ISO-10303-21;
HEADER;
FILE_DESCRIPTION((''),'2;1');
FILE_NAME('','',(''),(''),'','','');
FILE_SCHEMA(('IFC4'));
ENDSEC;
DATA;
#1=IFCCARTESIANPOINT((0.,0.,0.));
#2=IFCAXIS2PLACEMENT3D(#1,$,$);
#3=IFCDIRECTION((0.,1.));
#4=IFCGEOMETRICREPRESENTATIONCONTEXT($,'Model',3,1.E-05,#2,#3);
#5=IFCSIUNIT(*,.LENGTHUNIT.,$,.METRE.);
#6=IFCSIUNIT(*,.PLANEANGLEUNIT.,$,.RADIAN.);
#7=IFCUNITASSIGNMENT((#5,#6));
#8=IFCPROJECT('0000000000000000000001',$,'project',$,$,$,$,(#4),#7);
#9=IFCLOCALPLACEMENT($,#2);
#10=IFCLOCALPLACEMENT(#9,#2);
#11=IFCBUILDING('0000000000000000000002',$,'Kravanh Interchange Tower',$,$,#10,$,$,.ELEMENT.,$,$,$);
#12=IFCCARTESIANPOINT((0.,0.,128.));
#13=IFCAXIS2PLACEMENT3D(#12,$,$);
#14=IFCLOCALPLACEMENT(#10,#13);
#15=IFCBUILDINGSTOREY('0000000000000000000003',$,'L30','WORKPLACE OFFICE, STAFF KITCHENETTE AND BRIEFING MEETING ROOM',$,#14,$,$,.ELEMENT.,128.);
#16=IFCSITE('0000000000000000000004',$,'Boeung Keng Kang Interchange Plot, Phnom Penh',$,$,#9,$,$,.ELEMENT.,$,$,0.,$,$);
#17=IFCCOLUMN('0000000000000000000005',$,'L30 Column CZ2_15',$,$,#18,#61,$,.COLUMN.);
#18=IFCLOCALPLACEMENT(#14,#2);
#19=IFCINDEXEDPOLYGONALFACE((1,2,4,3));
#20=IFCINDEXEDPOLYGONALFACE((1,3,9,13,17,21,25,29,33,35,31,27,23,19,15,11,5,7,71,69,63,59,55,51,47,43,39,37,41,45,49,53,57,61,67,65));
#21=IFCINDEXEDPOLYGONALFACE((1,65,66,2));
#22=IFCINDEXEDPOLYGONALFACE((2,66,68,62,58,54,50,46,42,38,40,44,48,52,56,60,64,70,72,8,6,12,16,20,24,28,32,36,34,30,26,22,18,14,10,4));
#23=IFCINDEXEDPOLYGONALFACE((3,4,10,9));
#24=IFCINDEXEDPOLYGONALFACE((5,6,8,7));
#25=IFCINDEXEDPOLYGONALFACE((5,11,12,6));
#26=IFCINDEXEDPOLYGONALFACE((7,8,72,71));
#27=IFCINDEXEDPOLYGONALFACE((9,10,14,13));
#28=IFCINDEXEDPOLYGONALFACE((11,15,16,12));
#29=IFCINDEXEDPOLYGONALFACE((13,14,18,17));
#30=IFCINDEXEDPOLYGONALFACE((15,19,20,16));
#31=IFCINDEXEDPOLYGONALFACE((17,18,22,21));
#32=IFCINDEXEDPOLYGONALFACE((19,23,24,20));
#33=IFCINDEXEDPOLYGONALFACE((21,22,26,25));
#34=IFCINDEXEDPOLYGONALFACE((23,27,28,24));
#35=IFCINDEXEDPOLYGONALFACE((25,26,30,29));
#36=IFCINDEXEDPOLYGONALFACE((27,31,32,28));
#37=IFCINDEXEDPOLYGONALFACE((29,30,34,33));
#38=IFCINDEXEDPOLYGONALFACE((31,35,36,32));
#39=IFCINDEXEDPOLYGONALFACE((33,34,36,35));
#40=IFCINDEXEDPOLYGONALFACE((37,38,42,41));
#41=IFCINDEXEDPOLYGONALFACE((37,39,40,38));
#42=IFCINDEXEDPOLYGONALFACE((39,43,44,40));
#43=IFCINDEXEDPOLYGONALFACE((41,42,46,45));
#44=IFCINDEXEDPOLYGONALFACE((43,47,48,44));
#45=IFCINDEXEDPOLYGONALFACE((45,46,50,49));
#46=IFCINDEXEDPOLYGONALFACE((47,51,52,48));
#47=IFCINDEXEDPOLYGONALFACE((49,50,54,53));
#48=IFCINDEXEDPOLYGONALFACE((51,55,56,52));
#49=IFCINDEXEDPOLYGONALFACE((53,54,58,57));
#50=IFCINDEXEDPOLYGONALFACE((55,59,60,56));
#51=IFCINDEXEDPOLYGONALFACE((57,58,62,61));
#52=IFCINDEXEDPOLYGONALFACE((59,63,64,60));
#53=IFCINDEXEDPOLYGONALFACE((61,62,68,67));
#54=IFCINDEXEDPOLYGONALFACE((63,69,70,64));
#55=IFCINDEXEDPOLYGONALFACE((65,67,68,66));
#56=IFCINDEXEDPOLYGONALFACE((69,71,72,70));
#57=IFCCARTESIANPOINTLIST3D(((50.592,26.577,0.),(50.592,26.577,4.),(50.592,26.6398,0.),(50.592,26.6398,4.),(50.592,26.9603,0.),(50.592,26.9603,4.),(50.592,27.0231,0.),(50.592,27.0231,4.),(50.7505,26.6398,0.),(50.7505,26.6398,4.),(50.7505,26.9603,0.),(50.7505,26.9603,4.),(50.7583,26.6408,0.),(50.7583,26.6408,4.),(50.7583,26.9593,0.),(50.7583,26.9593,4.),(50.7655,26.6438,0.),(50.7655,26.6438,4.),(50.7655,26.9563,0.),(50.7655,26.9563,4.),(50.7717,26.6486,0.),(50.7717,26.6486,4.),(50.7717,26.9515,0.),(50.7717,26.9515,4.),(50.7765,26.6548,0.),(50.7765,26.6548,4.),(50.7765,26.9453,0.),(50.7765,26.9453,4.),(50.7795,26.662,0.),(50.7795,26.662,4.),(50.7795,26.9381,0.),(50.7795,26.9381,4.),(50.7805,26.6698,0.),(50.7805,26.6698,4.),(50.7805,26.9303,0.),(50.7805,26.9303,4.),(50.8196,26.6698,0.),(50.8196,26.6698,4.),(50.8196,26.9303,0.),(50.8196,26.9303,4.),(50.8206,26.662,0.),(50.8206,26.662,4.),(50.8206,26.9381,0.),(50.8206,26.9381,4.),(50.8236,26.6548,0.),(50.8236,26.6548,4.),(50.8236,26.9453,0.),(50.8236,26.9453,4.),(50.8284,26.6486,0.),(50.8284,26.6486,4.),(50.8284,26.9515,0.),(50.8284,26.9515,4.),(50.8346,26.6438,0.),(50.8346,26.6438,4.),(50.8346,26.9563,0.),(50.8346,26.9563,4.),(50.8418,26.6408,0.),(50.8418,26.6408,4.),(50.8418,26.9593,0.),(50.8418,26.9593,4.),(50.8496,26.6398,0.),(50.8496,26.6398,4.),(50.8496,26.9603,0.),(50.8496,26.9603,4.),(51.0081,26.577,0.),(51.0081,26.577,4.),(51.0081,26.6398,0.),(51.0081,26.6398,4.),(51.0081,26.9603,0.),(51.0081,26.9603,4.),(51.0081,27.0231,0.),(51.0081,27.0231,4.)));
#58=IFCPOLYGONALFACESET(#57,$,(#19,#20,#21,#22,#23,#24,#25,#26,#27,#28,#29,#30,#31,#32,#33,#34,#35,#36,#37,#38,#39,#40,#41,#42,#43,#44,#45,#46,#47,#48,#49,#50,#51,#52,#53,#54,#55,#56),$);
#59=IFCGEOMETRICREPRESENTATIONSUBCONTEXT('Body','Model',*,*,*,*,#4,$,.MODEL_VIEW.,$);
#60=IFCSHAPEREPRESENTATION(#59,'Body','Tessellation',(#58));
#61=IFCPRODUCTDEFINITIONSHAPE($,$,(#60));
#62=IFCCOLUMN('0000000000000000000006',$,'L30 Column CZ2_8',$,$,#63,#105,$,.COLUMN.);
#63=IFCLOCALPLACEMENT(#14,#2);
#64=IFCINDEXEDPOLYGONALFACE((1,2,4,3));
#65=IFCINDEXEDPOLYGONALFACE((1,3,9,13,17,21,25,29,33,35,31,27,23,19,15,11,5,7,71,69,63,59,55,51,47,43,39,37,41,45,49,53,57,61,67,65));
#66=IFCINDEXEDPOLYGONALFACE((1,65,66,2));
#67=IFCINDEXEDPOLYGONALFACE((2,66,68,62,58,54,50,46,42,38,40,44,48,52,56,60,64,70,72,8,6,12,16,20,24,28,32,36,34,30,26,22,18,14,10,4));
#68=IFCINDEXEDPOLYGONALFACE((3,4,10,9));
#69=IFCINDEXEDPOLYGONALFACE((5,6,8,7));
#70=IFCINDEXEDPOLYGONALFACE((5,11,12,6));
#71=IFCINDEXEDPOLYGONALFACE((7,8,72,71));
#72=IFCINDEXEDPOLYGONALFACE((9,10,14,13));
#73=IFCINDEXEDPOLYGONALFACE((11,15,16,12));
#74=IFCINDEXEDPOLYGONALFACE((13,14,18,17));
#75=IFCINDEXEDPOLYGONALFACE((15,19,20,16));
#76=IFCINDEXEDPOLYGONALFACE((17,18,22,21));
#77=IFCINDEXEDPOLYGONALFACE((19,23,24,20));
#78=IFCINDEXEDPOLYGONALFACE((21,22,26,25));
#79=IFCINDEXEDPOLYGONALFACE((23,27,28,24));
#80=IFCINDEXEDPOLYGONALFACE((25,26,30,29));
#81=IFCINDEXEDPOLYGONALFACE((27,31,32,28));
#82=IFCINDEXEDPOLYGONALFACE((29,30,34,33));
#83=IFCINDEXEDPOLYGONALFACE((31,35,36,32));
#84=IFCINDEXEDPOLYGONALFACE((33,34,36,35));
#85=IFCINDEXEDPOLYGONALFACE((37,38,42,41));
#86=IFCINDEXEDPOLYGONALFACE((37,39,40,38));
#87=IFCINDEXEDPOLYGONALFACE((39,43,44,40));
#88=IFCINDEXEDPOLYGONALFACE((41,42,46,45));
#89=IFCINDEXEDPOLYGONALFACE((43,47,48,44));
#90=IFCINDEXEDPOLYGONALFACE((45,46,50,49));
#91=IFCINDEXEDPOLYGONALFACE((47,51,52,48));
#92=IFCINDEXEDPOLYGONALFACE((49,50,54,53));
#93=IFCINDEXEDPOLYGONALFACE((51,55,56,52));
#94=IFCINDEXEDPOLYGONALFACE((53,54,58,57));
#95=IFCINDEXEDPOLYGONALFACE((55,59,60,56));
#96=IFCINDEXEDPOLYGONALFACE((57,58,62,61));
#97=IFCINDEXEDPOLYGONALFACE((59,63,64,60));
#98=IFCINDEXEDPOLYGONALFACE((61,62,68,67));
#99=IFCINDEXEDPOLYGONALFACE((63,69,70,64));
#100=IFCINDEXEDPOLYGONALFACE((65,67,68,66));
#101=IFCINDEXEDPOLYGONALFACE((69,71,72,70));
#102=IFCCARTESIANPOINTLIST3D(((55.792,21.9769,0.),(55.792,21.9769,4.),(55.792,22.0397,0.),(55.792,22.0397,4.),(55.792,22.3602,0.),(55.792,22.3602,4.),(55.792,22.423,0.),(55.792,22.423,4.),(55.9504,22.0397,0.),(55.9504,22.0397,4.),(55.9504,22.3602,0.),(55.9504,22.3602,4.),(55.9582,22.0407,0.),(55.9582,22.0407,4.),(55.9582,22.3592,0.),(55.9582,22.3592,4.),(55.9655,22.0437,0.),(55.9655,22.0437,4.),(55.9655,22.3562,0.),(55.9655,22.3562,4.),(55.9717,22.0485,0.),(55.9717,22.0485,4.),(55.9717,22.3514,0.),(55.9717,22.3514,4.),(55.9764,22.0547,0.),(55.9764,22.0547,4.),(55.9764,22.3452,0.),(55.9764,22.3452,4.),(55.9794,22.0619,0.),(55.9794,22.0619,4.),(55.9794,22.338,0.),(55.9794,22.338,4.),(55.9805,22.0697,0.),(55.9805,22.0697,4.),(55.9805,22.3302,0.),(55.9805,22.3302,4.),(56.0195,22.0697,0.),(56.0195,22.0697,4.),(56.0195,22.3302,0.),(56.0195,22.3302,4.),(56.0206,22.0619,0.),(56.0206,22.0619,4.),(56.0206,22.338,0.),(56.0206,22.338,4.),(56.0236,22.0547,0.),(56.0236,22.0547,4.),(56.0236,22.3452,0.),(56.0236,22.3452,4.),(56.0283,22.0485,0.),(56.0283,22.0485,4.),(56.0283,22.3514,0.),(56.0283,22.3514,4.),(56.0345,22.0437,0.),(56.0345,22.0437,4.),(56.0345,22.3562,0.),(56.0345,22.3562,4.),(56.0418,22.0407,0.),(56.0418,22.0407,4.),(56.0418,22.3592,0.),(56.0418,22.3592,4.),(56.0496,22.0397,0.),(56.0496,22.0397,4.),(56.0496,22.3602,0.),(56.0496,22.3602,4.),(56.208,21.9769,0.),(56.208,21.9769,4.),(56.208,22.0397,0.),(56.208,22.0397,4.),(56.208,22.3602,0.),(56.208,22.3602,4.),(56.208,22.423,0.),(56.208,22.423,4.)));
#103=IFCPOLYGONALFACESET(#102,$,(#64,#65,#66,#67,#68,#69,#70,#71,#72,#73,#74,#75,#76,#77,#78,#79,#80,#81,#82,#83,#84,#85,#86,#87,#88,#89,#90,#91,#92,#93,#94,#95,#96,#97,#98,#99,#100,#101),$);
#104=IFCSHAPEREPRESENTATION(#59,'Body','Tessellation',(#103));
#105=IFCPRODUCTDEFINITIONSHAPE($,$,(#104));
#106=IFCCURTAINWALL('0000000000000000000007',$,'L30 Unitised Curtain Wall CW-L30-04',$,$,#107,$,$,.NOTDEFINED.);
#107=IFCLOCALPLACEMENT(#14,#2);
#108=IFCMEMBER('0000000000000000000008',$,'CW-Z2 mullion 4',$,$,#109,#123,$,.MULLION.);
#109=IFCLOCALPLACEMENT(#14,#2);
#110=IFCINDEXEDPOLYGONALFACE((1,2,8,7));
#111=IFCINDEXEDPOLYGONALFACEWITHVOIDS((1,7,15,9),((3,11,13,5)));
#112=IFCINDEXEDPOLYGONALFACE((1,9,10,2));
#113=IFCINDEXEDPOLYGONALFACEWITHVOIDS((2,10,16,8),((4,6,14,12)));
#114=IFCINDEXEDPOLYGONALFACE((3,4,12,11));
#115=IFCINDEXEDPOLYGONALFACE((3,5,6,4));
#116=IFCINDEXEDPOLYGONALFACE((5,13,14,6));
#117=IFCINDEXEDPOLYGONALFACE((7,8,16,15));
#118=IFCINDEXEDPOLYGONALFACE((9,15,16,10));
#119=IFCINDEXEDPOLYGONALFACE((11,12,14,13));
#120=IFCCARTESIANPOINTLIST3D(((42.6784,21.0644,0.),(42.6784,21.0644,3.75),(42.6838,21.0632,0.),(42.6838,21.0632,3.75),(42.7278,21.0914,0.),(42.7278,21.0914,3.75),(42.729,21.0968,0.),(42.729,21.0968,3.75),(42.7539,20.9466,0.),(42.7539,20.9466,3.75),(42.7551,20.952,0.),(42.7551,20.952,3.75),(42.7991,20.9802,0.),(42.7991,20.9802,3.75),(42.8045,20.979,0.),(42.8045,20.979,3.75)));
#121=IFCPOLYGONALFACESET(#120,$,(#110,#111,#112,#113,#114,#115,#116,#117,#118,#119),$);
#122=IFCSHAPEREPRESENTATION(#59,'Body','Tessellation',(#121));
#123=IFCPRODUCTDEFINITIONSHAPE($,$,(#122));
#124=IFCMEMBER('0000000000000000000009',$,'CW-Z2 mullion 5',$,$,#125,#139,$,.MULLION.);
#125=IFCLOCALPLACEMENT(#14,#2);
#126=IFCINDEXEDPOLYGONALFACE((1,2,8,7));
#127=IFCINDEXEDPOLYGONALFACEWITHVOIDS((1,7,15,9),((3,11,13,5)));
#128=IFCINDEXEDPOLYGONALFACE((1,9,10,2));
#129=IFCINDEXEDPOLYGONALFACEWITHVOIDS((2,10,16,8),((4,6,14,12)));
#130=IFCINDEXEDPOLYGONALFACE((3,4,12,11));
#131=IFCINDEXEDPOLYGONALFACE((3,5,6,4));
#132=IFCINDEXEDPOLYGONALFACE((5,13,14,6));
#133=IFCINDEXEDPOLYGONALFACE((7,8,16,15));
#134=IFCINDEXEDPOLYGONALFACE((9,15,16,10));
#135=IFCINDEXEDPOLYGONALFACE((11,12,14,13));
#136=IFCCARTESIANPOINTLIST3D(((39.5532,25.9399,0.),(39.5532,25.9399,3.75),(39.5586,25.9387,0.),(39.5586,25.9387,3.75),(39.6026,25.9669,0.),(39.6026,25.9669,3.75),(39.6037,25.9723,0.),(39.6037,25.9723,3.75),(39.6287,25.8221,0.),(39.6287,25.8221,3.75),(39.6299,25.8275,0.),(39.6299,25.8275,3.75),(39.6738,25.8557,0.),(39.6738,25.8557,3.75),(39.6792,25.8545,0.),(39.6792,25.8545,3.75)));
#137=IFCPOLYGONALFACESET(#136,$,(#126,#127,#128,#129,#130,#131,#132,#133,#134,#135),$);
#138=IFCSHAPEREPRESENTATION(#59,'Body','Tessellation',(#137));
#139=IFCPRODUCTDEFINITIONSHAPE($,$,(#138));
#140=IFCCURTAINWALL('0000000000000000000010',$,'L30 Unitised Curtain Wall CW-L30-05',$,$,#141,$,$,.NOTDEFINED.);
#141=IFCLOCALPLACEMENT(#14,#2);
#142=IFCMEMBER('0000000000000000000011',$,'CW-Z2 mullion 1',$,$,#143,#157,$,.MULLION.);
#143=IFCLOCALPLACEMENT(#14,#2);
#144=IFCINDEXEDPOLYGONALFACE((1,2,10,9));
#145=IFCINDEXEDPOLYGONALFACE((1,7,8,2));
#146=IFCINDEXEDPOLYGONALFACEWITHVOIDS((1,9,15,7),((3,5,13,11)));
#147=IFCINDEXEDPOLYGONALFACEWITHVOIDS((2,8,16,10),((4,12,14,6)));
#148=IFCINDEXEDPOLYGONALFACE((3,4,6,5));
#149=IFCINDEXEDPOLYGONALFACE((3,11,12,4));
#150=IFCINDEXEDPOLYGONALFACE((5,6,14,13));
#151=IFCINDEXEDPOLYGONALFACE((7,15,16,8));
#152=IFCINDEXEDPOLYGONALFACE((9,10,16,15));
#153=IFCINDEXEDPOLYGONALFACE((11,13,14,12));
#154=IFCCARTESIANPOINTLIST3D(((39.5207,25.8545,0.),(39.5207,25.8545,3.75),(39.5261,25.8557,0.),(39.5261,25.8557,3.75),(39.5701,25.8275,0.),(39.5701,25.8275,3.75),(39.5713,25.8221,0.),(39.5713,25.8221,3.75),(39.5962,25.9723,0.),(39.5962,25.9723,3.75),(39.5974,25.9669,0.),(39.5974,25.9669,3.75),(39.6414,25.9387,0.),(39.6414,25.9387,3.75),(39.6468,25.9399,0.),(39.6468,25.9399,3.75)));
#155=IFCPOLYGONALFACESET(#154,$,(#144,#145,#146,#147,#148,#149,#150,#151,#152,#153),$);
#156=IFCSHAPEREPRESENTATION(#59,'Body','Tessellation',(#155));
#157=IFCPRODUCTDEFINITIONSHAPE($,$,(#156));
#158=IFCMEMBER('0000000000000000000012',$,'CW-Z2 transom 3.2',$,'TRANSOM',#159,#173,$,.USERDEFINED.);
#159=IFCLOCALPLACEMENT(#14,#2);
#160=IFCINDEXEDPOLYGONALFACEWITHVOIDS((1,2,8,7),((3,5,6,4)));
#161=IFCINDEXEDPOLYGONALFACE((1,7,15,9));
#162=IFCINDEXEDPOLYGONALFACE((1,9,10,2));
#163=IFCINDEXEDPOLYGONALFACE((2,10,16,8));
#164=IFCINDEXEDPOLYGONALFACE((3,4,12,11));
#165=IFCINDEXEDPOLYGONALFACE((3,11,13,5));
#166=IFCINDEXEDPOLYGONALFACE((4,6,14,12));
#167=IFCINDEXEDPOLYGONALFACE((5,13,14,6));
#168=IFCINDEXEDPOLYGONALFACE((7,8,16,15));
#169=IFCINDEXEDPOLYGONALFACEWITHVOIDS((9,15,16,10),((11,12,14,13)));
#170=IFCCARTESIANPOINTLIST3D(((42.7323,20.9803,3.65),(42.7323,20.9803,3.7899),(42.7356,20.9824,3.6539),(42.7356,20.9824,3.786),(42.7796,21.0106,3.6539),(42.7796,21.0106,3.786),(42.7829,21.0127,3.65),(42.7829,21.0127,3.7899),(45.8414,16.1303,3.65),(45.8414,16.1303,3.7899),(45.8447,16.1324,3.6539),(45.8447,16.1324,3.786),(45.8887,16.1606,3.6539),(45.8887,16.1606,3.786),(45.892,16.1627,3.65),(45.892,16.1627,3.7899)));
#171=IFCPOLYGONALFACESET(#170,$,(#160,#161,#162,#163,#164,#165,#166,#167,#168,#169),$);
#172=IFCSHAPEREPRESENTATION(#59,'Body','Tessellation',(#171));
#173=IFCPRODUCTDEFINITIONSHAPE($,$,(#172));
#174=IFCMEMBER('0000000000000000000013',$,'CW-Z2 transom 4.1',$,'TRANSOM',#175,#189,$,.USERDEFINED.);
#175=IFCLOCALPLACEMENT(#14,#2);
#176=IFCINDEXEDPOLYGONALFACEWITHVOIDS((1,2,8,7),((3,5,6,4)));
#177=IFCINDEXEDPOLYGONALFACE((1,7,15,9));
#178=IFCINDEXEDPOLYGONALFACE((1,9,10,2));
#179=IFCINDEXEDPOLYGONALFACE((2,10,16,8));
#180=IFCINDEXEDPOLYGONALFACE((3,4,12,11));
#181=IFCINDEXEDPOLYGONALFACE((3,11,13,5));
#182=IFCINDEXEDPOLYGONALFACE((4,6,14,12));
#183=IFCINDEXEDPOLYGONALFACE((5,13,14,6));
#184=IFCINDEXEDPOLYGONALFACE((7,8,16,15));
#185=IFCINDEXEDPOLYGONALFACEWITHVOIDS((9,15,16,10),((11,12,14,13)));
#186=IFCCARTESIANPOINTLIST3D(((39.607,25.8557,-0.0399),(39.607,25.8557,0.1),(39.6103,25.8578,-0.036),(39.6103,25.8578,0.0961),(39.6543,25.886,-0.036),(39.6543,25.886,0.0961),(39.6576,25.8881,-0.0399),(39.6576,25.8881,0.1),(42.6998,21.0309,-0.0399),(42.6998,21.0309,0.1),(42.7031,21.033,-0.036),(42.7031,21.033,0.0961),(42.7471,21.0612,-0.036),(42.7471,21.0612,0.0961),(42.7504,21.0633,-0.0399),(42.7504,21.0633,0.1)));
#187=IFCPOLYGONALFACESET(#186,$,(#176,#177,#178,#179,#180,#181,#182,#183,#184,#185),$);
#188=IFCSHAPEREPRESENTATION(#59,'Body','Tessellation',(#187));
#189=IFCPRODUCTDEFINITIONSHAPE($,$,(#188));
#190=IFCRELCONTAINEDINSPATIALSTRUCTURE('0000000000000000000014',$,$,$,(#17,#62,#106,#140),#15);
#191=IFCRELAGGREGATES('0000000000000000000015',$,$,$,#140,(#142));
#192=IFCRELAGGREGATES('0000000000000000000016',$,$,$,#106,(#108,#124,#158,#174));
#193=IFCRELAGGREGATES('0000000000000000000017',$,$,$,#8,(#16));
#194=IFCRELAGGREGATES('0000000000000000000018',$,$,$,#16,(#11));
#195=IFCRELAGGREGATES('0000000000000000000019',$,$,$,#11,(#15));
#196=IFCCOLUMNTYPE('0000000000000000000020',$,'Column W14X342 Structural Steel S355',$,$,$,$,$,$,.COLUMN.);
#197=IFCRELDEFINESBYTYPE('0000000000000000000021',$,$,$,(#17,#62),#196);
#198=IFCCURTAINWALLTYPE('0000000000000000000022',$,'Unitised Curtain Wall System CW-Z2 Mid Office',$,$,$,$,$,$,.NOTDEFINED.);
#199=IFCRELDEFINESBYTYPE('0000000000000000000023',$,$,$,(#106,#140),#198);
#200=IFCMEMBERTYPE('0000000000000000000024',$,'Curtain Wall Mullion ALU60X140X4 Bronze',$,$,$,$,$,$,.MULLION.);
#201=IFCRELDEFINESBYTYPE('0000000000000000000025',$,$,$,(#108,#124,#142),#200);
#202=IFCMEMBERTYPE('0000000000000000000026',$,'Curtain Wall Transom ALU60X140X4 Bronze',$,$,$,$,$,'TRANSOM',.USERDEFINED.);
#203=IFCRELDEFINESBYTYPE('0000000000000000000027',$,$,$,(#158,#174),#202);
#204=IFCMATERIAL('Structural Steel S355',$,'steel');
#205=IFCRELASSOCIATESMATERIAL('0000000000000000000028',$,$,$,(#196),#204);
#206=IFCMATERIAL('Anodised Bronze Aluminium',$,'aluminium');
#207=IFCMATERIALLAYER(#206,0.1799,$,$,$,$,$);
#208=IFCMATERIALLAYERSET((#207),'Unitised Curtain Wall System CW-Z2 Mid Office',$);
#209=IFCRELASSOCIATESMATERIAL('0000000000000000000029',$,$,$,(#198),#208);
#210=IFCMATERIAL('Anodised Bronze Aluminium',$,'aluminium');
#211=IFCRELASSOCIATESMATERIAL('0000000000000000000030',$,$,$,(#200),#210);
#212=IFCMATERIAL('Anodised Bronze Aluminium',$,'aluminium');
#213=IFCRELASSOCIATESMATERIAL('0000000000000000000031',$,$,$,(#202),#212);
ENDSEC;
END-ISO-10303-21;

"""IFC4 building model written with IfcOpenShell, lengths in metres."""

from ifc_helpers import new_model, si_unit, direction, frame, origin, origin_2d, place, context, subcontext, project, spatial, hollow_rectangle, i_section, extrude, material, layer, layer_set, material_profile, profile_set, type_object, element, aggregate, save


model = new_model("IFC4")

# Units and contexts
model_context = context("Model", 3, precision=1e-05, world=origin(), true_north=direction((0.0, 1.0)))
body_context = subcontext(model_context, "Body", "Model", "MODEL_VIEW")
ifc_project = project(units=[si_unit("LENGTHUNIT", "METRE"), si_unit("PLANEANGLEUNIT", "RADIAN")], contexts=[model_context])

# Site, building, storey
site_placement = place(None, origin())
site = spatial("IfcSite", under=ifc_project, at=site_placement, Name="Boeung Keng Kang Interchange Plot, Phnom Penh", CompositionType="ELEMENT", RefElevation=0.0)
building_placement = place(site_placement, origin())
building = spatial("IfcBuilding", under=site, at=building_placement, Name="Kravanh Interchange Tower", CompositionType="ELEMENT")
storey_placement = place(building_placement, frame((0.0, 0.0, 128.0)))
storey = spatial("IfcBuildingStorey", under=building, at=storey_placement, Name="L30", Description="WORKPLACE OFFICE, STAFF KITCHENETTE AND BRIEFING MEETING ROOM", CompositionType="ELEMENT", Elevation=128.0)

# Columns
ifc_material_1 = material(Name="Structural Steel S355", Category="steel")
ifc_material_profile_1 = material_profile(ifc_material_1, i_section(OverallWidth=0.416, OverallDepth=0.446, WebThickness=0.0391, FlangeThickness=0.0627, FilletRadius=0.03, at=origin_2d()), Name="W14X342")
ifc_profile_set_1 = profile_set([ifc_material_profile_1], Name="Structural Steel S355")
column_type = type_object("IfcColumnType", Name="Column W14X342 Structural Steel S355", PredefinedType="COLUMN", material=ifc_profile_set_1)
for number, where, z_axis, x_axis, name in (
    (1, (50.8, 26.8, 0.0), (0.0, 0.0, 1.0), (1.0, 0.0, 0.0), "L30 Column CZ2_15"),
    (2, (56.0, 22.2, 0.0), (0.0, 0.0, 1.0), (1.0, 0.0, 0.0), "L30 Column CZ2_8"),
):
    element("IfcColumn", number, at=place(storey_placement, frame(where, z_axis=z_axis, x_axis=x_axis)), inside=storey, type_object=column_type, Name=name, PredefinedType="COLUMN", context=body_context, shape_type="SweptSolid", body=[
        extrude(i_section(OverallWidth=0.416, OverallDepth=0.446, WebThickness=0.0391, FlangeThickness=0.0627, FilletRadius=0.03, at=origin_2d()), origin(), (0.0, 0.0, 1.0), 4.0),
    ])

# Curtain wall, members
ifc_material_2 = material(Name="Anodised Bronze Aluminium", Category="aluminium")
ifc_layer_1 = layer(ifc_material_2, 0.1799)
ifc_layer_set_1 = layer_set([ifc_layer_1], Name="Unitised Curtain Wall System CW-Z2 Mid Office")
curtain_wall_type = type_object("IfcCurtainWallType", Name="Unitised Curtain Wall System CW-Z2 Mid Office", PredefinedType="NOTDEFINED", material=ifc_layer_set_1)
curtain_wall_1_placement = place(storey_placement, origin())
curtain_wall_1 = element("IfcCurtainWall", 3, at=curtain_wall_1_placement, inside=storey, type_object=curtain_wall_type, Name="L30 Unitised Curtain Wall CW-L30-04", PredefinedType="NOTDEFINED")
ifc_material_3 = material(Name="Anodised Bronze Aluminium", Category="aluminium")
ifc_material_profile_2 = material_profile(ifc_material_3, hollow_rectangle(XDim=0.0601, YDim=0.1399, WallThickness=0.0039, at=origin_2d()), Name="ALU60X140X4")
ifc_profile_set_2 = profile_set([ifc_material_profile_2], Name="Anodised Bronze Aluminium")
member_type_1 = type_object("IfcMemberType", Name="Curtain Wall Mullion ALU60X140X4 Bronze", PredefinedType="MULLION", material=ifc_profile_set_2)
member_1_placement = place(storey_placement, frame((42.7415, 21.0217, 0.0), z_axis=(0.0, 0.0, 1.0), x_axis=(-0.84188, -0.539665, 0.0)))
member_1 = element("IfcMember", 4, at=member_1_placement, type_object=member_type_1, Name="CW-Z2 mullion 4", PredefinedType="MULLION", context=body_context, shape_type="SweptSolid", body=[
    extrude(hollow_rectangle(XDim=0.0601, YDim=0.1399, WallThickness=0.0039, at=origin_2d()), origin(), (0.0, 0.0, 1.0), 3.75),
])
member_2_placement = place(storey_placement, frame((39.6162, 25.8972, 0.0), z_axis=(0.0, 0.0, 1.0), x_axis=(-0.84188, -0.539665, 0.0)))
member_2 = element("IfcMember", 5, at=member_2_placement, type_object=member_type_1, Name="CW-Z2 mullion 5", PredefinedType="MULLION", context=body_context, shape_type="SweptSolid", body=[
    extrude(hollow_rectangle(XDim=0.0601, YDim=0.1399, WallThickness=0.0039, at=origin_2d()), origin(), (0.0, 0.0, 1.0), 3.75),
])

# Curtain wall, member
curtain_wall_2_placement = place(storey_placement, origin())
curtain_wall_2 = element("IfcCurtainWall", 6, at=curtain_wall_2_placement, inside=storey, type_object=curtain_wall_type, Name="L30 Unitised Curtain Wall CW-L30-05", PredefinedType="NOTDEFINED")
member_3_placement = place(storey_placement, frame((39.5837, 25.8972, 0.0), z_axis=(0.0, 0.0, 1.0), x_axis=(0.84188, -0.539665, 0.0)))
member_3 = element("IfcMember", 7, at=member_3_placement, type_object=member_type_1, Name="CW-Z2 mullion 1", PredefinedType="MULLION", context=body_context, shape_type="SweptSolid", body=[
    extrude(hollow_rectangle(XDim=0.0601, YDim=0.1399, WallThickness=0.0039, at=origin_2d()), origin(), (0.0, 0.0, 1.0), 3.75),
])

# Members
ifc_material_4 = material(Name="Anodised Bronze Aluminium", Category="aluminium")
ifc_material_profile_3 = material_profile(ifc_material_4, hollow_rectangle(XDim=0.0601, YDim=0.1399, WallThickness=0.0039, at=origin_2d()), Name="ALU60X140X4")
ifc_profile_set_3 = profile_set([ifc_material_profile_3], Name="Anodised Bronze Aluminium")
member_type_2 = type_object("IfcMemberType", Name="Curtain Wall Transom ALU60X140X4 Bronze", ElementType="TRANSOM", PredefinedType="USERDEFINED", material=ifc_profile_set_3)
member_4_placement = place(storey_placement, frame((45.8667, 16.1465, 3.72), z_axis=(-0.539678, 0.841872, 0.0), x_axis=(-0.841872, -0.539678, 0.0)))
member_4 = element("IfcMember", 8, at=member_4_placement, type_object=member_type_2, Name="CW-Z2 transom 3.2", ObjectType="TRANSOM", PredefinedType="USERDEFINED", context=body_context, shape_type="SweptSolid", body=[
    extrude(hollow_rectangle(XDim=0.0601, YDim=0.1399, WallThickness=0.0039, at=origin_2d()), origin(), (0.0, 0.0, 1.0), 5.761),
])
member_5_placement = place(storey_placement, frame((42.7251, 21.0471, 0.03), z_axis=(-0.539668, 0.841878, 0.0), x_axis=(-0.841878, -0.539668, 0.0)))
member_5 = element("IfcMember", 9, at=member_5_placement, type_object=member_type_2, Name="CW-Z2 transom 4.1", ObjectType="TRANSOM", PredefinedType="USERDEFINED", context=body_context, shape_type="SweptSolid", body=[
    extrude(hollow_rectangle(XDim=0.0601, YDim=0.1399, WallThickness=0.0039, at=origin_2d()), origin(), (0.0, 0.0, 1.0), 5.731),
])
aggregate(curtain_wall_2, [member_3])

aggregate(curtain_wall_1, [member_1, member_2, member_4, member_5])

save(model, "model.ifc")
